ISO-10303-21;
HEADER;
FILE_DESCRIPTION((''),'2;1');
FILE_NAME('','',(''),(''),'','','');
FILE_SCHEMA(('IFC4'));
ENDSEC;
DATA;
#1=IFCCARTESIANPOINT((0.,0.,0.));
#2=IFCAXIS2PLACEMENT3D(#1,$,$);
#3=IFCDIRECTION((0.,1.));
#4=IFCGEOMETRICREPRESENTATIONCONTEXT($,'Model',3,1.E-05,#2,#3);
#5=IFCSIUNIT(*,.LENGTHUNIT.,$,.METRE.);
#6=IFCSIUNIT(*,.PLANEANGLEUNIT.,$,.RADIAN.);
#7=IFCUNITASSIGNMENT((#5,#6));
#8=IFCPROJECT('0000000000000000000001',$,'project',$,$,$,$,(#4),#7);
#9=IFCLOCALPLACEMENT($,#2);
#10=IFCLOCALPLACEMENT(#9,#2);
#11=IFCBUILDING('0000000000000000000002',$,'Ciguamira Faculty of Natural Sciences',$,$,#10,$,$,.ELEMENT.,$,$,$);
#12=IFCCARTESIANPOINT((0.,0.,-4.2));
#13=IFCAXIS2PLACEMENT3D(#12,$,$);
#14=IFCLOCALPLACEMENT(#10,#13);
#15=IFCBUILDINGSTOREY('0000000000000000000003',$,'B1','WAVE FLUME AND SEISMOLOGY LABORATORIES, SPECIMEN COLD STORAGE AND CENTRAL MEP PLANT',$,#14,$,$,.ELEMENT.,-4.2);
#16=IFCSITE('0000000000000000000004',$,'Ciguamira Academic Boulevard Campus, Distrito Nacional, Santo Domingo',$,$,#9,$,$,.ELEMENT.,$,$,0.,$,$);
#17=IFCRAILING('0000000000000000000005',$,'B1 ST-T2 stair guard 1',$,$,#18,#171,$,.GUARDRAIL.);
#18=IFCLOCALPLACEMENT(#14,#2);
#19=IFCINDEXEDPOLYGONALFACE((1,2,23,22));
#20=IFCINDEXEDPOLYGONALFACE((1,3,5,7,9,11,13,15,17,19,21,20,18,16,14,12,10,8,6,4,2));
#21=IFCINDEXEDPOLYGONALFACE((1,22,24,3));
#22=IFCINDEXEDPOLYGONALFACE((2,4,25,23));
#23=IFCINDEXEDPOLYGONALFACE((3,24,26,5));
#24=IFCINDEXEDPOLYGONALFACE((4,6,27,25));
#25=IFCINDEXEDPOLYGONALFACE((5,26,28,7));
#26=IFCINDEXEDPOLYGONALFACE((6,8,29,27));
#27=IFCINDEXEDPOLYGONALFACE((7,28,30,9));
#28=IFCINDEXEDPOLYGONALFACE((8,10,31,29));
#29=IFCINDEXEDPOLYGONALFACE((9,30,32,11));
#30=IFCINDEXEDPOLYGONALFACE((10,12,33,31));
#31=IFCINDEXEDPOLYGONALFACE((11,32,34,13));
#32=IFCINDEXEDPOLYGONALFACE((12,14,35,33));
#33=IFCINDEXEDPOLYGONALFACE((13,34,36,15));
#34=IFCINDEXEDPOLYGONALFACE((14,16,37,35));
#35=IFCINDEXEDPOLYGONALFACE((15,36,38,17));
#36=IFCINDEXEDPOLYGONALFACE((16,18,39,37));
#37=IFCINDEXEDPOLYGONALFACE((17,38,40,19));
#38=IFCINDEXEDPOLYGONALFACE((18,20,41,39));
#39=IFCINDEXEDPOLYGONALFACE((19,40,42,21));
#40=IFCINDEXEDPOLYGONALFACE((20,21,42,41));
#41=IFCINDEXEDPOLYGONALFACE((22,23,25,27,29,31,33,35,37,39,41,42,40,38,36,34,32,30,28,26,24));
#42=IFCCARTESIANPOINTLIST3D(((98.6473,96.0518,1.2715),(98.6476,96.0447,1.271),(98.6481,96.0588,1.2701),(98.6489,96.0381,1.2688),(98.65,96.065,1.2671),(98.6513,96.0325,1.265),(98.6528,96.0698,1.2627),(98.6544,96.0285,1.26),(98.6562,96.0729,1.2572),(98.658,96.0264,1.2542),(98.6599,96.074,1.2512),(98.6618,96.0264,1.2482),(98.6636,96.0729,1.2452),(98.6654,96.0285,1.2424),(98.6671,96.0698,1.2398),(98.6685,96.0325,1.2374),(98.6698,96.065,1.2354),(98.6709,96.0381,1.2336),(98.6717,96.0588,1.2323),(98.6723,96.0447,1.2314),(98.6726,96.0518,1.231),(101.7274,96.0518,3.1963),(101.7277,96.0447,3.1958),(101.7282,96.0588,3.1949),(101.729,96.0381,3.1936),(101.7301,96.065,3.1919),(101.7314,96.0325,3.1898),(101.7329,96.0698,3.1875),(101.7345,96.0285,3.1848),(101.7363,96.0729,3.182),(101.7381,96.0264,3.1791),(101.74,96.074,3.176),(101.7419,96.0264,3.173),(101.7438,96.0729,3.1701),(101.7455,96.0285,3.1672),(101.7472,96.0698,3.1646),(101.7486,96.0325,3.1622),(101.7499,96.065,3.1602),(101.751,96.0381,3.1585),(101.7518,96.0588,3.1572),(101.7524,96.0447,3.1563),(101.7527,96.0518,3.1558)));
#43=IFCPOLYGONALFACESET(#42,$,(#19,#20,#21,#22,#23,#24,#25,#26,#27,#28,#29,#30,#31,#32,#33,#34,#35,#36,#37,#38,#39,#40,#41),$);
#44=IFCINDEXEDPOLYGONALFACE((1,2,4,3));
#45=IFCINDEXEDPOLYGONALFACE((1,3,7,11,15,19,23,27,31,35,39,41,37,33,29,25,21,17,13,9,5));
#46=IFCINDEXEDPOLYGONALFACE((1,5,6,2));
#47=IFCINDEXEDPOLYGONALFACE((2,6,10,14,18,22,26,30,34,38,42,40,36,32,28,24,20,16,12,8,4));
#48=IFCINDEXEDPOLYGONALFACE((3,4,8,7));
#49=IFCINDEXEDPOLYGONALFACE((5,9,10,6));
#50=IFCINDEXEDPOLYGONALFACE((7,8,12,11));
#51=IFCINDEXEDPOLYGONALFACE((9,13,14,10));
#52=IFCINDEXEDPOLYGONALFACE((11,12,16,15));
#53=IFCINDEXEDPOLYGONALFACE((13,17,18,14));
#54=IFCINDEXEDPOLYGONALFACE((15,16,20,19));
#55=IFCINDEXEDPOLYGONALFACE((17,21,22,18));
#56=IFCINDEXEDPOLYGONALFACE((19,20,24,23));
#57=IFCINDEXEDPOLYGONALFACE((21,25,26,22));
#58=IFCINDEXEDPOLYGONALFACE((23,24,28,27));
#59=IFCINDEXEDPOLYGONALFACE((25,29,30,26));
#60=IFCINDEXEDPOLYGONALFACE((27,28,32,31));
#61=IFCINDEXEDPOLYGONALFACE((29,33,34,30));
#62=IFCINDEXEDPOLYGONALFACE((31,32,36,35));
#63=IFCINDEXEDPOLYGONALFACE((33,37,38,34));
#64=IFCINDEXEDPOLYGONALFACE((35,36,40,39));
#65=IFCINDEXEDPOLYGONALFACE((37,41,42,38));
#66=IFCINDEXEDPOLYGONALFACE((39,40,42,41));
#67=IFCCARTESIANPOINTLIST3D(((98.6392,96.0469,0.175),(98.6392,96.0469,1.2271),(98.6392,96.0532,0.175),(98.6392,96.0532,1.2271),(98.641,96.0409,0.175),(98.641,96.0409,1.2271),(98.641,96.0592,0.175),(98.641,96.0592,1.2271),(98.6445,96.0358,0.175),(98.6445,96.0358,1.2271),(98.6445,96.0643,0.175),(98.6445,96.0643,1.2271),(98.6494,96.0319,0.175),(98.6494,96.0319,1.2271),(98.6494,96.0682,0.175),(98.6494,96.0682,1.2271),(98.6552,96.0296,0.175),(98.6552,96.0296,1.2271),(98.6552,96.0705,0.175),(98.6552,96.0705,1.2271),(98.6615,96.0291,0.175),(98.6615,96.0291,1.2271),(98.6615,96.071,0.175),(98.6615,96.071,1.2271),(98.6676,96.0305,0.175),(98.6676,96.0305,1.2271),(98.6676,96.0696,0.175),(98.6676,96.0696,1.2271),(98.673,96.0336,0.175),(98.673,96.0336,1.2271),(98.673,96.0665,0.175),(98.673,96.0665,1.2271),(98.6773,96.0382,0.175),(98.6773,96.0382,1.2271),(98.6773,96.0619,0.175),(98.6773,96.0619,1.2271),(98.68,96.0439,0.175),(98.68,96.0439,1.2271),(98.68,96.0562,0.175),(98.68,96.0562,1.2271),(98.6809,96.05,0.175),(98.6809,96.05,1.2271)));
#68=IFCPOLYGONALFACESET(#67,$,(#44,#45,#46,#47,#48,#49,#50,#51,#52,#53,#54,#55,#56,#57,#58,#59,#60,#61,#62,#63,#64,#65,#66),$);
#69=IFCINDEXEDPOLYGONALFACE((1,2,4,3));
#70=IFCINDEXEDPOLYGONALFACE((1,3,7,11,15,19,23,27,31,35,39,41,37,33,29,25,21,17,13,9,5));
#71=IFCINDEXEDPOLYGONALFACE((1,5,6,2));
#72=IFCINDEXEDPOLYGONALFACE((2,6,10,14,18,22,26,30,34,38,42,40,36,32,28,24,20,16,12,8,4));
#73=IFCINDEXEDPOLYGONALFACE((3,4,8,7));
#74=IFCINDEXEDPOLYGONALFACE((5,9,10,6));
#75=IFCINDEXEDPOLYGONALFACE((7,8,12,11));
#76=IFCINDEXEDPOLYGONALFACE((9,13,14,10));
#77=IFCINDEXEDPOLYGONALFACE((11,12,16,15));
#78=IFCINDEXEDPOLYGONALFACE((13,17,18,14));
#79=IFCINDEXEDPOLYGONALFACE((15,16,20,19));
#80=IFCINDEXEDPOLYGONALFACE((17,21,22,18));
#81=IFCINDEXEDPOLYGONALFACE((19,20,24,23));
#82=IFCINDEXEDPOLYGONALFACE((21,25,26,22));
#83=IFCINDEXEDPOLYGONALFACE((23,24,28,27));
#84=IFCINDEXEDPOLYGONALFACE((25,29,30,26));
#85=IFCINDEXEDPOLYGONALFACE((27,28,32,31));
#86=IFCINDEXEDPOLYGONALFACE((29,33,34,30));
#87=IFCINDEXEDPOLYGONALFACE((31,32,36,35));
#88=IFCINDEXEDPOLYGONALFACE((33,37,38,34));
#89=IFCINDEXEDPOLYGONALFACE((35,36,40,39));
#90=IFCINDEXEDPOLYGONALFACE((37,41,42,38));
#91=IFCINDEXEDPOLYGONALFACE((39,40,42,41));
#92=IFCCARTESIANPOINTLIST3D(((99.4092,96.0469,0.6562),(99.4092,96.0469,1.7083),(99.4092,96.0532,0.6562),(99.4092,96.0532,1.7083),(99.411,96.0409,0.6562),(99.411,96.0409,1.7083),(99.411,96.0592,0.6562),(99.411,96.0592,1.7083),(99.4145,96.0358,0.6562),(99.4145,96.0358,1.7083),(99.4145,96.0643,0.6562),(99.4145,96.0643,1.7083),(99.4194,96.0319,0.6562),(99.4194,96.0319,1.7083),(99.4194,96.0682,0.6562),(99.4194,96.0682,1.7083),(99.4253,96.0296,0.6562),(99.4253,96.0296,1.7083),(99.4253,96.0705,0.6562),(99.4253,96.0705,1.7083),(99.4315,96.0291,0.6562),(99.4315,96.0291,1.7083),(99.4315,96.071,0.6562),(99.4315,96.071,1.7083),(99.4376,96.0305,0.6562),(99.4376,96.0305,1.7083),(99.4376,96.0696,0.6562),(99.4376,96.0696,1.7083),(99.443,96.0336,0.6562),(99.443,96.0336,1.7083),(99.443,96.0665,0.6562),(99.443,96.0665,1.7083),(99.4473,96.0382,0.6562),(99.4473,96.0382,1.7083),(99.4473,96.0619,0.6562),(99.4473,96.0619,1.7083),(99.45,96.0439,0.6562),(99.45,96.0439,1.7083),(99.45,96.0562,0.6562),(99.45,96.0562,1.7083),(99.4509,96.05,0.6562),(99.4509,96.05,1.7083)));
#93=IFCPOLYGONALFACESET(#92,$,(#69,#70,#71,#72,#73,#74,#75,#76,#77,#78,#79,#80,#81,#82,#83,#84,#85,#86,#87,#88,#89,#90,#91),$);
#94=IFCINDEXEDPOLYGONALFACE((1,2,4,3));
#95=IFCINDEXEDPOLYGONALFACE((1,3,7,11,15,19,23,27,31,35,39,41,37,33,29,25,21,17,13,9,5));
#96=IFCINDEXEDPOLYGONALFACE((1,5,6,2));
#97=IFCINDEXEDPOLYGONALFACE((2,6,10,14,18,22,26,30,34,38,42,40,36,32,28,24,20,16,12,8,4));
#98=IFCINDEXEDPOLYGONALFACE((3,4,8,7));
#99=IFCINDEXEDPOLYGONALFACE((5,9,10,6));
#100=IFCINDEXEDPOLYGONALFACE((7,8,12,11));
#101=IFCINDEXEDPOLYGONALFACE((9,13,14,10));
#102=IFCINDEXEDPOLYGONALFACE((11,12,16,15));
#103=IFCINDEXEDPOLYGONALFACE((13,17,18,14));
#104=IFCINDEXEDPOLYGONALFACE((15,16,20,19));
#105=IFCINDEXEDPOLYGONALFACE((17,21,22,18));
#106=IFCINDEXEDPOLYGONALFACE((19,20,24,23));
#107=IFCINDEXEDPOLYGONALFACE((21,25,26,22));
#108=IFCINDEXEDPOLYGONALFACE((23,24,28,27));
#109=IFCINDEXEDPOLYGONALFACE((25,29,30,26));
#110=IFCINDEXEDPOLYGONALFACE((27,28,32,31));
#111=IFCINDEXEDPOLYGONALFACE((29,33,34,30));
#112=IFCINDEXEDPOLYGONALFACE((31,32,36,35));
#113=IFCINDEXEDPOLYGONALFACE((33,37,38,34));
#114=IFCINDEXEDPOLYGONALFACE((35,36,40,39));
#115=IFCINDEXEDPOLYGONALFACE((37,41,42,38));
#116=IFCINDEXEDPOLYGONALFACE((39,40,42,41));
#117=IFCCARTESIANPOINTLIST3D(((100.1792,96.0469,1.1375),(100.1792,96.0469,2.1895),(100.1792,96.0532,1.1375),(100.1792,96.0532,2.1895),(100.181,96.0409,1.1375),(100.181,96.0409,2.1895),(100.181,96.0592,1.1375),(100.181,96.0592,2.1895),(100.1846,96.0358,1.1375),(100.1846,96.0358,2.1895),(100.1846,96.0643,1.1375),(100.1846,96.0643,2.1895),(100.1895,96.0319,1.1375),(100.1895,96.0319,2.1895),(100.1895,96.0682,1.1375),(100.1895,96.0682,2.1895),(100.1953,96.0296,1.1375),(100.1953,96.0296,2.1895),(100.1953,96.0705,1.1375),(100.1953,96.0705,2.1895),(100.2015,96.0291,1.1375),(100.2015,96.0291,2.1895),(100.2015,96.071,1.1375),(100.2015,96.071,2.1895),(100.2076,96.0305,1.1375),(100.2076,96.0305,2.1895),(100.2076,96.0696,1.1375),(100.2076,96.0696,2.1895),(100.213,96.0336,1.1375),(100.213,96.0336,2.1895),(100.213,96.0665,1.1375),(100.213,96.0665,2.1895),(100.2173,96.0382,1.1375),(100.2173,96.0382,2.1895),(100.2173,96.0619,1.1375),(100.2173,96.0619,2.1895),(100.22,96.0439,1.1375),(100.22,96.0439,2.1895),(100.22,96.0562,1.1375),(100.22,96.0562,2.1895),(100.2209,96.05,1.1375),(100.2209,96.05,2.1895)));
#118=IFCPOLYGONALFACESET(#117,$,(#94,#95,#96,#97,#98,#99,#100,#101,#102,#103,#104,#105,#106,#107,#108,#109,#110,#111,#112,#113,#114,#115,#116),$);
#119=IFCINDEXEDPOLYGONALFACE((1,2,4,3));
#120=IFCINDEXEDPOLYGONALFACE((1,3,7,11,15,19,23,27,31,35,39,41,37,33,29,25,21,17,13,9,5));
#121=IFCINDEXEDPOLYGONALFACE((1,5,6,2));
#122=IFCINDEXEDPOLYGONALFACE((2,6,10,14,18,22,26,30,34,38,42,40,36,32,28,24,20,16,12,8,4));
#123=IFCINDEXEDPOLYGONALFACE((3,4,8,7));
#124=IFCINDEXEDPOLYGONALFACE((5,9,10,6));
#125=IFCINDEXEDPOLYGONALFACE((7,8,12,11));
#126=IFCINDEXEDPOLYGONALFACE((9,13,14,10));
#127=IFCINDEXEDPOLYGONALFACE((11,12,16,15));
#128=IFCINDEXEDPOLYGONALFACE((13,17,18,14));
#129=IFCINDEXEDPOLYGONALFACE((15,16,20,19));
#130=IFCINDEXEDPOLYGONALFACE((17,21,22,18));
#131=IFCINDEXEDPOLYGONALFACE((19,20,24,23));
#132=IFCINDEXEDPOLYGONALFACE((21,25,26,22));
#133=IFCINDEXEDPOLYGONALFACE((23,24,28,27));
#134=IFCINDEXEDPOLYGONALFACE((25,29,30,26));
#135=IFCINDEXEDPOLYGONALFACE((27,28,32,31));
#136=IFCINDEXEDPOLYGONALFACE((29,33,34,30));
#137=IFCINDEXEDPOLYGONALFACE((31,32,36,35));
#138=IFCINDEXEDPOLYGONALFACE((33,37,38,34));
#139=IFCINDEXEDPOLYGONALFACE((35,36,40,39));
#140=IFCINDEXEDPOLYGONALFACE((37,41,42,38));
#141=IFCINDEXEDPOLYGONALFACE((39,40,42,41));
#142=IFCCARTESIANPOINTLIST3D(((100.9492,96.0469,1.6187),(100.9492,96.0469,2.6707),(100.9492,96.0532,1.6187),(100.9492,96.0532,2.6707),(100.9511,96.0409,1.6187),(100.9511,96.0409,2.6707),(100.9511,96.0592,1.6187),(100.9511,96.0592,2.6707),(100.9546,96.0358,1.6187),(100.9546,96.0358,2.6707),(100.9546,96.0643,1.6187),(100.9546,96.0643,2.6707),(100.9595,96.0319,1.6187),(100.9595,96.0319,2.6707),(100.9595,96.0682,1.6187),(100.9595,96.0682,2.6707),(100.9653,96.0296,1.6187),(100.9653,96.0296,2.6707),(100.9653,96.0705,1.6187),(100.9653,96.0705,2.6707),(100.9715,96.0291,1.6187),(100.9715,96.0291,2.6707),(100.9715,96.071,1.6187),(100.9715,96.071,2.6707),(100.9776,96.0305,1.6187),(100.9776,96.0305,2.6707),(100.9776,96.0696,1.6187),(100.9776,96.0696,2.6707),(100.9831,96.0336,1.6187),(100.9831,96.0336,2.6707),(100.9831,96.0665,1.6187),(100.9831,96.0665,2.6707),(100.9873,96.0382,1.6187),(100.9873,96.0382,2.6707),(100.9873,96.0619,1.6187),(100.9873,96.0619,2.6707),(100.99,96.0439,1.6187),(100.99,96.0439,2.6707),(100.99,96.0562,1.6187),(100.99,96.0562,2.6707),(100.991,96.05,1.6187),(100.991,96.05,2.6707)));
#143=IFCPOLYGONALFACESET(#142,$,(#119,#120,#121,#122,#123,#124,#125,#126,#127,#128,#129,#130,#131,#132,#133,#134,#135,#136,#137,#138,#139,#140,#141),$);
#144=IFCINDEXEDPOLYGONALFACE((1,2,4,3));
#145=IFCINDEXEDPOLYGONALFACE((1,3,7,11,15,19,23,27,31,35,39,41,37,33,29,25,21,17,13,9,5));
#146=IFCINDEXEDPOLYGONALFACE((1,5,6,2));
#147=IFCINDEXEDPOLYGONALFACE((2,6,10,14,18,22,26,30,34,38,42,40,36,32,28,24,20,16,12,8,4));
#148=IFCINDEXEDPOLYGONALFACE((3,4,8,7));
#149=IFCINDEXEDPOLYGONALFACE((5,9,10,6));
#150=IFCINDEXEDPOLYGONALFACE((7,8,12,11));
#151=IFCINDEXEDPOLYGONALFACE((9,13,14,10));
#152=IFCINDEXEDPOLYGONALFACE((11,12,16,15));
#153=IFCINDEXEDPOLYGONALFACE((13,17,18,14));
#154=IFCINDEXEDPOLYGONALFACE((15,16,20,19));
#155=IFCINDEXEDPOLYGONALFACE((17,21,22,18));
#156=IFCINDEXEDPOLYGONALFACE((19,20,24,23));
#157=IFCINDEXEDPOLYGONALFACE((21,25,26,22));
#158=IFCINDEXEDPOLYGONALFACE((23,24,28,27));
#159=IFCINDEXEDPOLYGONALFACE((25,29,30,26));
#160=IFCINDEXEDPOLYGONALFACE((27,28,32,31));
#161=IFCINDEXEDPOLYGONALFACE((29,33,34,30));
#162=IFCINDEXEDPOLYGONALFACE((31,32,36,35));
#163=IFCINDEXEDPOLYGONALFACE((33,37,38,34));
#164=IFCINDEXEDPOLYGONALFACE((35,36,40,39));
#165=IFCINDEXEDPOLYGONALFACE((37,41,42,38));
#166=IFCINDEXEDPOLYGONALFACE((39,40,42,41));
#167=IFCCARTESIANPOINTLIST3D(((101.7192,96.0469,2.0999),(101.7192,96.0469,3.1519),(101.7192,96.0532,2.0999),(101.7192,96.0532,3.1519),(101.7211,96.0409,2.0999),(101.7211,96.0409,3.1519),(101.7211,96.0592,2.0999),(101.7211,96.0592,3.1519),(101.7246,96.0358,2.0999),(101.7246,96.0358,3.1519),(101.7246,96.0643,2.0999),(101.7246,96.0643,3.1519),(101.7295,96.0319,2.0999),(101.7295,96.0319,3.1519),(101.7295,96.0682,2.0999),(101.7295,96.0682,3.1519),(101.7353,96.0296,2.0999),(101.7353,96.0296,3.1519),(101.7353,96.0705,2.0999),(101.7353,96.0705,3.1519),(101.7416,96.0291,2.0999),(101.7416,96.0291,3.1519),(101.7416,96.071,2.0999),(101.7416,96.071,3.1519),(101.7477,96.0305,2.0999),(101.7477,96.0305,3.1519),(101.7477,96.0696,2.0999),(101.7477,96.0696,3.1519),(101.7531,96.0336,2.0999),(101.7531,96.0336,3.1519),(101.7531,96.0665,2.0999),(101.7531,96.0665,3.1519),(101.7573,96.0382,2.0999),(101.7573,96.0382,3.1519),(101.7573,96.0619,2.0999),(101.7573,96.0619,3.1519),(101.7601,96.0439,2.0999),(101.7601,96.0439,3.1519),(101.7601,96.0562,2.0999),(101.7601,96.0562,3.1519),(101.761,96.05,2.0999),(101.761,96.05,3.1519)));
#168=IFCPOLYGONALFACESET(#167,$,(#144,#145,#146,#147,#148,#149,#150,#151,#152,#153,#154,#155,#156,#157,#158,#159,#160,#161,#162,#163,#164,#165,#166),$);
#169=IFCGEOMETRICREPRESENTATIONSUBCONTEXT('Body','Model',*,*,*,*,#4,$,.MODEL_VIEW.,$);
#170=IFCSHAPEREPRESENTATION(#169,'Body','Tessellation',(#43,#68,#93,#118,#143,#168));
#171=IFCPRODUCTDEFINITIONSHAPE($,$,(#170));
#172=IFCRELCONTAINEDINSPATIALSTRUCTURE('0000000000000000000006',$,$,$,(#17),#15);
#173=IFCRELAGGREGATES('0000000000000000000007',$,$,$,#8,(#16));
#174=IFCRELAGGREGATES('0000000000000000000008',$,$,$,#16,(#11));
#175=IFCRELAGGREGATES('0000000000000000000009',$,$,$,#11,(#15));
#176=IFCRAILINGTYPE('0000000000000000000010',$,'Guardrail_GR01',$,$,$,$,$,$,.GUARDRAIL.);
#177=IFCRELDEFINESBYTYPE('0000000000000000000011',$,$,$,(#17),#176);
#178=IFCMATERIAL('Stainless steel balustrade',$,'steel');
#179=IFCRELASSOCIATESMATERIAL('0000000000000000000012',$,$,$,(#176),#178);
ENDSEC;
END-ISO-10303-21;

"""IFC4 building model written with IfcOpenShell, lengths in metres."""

from ifc_helpers import new_model, si_unit, direction, frame, origin, origin_2d, place, context, subcontext, project, spatial, circle, extrude, material, type_object, element, save


model = new_model("IFC4")

# Units and contexts
model_context = context("Model", 3, precision=1e-05, world=origin(), true_north=direction((0.0, 1.0)))
body_context = subcontext(model_context, "Body", "Model", "MODEL_VIEW")
ifc_project = project(units=[si_unit("LENGTHUNIT", "METRE"), si_unit("PLANEANGLEUNIT", "RADIAN")], contexts=[model_context])

# Site, building, storey
site_placement = place(None, origin())
site = spatial("IfcSite", under=ifc_project, at=site_placement, Name="Ciguamira Academic Boulevard Campus, Distrito Nacional, Santo Domingo", CompositionType="ELEMENT", RefElevation=0.0)
building_placement = place(site_placement, origin())
building = spatial("IfcBuilding", under=site, at=building_placement, Name="Ciguamira Faculty of Natural Sciences", CompositionType="ELEMENT")
storey_placement = place(building_placement, frame((0.0, 0.0, -4.2)))
storey = spatial("IfcBuildingStorey", under=building, at=storey_placement, Name="B1", Description="WAVE FLUME AND SEISMOLOGY LABORATORIES, SPECIMEN COLD STORAGE AND CENTRAL MEP PLANT", CompositionType="ELEMENT", Elevation=-4.2)

# Railing
ifc_material_1 = material(Name="Stainless steel balustrade", Category="steel")
railing_type_1 = type_object("IfcRailingType", Name="Guardrail_GR01", PredefinedType="GUARDRAIL", material=ifc_material_1)
railing_1_placement = place(storey_placement, frame((98.6599, 96.05, 0.175)))
element("IfcRailing", 1, at=railing_1_placement, inside=storey, type_object=railing_type_1, Name="B1 ST-T2 stair guard 1", PredefinedType="GUARDRAIL", context=body_context, shape_type="SweptSolid", body=[
    extrude(circle(Radius=0.0239, at=origin_2d()), frame((0.0, 0.0, 1.0762), z_axis=(0.848029, 0.0, 0.529951), x_axis=(0.0, 1.0, 0.0)), (0.0, 0.0, 1.0), 3.6321),
    extrude(circle(Radius=0.021, at=origin_2d()), origin(), (0.0, 0.0, 1.0), 1.052),
    extrude(circle(Radius=0.021, at=origin_2d()), frame((0.77, 0.0, 0.4812)), (0.0, 0.0, 1.0), 1.052),
    extrude(circle(Radius=0.021, at=origin_2d()), frame((1.54, 0.0, 0.9624)), (0.0, 0.0, 1.0), 1.052),
    extrude(circle(Radius=0.021, at=origin_2d()), frame((2.3101, 0.0, 1.4436)), (0.0, 0.0, 1.0), 1.052),
    extrude(circle(Radius=0.021, at=origin_2d()), frame((3.0801, 0.0, 1.9248)), (0.0, 0.0, 1.0), 1.052),
])

save(model, "model.ifc")
